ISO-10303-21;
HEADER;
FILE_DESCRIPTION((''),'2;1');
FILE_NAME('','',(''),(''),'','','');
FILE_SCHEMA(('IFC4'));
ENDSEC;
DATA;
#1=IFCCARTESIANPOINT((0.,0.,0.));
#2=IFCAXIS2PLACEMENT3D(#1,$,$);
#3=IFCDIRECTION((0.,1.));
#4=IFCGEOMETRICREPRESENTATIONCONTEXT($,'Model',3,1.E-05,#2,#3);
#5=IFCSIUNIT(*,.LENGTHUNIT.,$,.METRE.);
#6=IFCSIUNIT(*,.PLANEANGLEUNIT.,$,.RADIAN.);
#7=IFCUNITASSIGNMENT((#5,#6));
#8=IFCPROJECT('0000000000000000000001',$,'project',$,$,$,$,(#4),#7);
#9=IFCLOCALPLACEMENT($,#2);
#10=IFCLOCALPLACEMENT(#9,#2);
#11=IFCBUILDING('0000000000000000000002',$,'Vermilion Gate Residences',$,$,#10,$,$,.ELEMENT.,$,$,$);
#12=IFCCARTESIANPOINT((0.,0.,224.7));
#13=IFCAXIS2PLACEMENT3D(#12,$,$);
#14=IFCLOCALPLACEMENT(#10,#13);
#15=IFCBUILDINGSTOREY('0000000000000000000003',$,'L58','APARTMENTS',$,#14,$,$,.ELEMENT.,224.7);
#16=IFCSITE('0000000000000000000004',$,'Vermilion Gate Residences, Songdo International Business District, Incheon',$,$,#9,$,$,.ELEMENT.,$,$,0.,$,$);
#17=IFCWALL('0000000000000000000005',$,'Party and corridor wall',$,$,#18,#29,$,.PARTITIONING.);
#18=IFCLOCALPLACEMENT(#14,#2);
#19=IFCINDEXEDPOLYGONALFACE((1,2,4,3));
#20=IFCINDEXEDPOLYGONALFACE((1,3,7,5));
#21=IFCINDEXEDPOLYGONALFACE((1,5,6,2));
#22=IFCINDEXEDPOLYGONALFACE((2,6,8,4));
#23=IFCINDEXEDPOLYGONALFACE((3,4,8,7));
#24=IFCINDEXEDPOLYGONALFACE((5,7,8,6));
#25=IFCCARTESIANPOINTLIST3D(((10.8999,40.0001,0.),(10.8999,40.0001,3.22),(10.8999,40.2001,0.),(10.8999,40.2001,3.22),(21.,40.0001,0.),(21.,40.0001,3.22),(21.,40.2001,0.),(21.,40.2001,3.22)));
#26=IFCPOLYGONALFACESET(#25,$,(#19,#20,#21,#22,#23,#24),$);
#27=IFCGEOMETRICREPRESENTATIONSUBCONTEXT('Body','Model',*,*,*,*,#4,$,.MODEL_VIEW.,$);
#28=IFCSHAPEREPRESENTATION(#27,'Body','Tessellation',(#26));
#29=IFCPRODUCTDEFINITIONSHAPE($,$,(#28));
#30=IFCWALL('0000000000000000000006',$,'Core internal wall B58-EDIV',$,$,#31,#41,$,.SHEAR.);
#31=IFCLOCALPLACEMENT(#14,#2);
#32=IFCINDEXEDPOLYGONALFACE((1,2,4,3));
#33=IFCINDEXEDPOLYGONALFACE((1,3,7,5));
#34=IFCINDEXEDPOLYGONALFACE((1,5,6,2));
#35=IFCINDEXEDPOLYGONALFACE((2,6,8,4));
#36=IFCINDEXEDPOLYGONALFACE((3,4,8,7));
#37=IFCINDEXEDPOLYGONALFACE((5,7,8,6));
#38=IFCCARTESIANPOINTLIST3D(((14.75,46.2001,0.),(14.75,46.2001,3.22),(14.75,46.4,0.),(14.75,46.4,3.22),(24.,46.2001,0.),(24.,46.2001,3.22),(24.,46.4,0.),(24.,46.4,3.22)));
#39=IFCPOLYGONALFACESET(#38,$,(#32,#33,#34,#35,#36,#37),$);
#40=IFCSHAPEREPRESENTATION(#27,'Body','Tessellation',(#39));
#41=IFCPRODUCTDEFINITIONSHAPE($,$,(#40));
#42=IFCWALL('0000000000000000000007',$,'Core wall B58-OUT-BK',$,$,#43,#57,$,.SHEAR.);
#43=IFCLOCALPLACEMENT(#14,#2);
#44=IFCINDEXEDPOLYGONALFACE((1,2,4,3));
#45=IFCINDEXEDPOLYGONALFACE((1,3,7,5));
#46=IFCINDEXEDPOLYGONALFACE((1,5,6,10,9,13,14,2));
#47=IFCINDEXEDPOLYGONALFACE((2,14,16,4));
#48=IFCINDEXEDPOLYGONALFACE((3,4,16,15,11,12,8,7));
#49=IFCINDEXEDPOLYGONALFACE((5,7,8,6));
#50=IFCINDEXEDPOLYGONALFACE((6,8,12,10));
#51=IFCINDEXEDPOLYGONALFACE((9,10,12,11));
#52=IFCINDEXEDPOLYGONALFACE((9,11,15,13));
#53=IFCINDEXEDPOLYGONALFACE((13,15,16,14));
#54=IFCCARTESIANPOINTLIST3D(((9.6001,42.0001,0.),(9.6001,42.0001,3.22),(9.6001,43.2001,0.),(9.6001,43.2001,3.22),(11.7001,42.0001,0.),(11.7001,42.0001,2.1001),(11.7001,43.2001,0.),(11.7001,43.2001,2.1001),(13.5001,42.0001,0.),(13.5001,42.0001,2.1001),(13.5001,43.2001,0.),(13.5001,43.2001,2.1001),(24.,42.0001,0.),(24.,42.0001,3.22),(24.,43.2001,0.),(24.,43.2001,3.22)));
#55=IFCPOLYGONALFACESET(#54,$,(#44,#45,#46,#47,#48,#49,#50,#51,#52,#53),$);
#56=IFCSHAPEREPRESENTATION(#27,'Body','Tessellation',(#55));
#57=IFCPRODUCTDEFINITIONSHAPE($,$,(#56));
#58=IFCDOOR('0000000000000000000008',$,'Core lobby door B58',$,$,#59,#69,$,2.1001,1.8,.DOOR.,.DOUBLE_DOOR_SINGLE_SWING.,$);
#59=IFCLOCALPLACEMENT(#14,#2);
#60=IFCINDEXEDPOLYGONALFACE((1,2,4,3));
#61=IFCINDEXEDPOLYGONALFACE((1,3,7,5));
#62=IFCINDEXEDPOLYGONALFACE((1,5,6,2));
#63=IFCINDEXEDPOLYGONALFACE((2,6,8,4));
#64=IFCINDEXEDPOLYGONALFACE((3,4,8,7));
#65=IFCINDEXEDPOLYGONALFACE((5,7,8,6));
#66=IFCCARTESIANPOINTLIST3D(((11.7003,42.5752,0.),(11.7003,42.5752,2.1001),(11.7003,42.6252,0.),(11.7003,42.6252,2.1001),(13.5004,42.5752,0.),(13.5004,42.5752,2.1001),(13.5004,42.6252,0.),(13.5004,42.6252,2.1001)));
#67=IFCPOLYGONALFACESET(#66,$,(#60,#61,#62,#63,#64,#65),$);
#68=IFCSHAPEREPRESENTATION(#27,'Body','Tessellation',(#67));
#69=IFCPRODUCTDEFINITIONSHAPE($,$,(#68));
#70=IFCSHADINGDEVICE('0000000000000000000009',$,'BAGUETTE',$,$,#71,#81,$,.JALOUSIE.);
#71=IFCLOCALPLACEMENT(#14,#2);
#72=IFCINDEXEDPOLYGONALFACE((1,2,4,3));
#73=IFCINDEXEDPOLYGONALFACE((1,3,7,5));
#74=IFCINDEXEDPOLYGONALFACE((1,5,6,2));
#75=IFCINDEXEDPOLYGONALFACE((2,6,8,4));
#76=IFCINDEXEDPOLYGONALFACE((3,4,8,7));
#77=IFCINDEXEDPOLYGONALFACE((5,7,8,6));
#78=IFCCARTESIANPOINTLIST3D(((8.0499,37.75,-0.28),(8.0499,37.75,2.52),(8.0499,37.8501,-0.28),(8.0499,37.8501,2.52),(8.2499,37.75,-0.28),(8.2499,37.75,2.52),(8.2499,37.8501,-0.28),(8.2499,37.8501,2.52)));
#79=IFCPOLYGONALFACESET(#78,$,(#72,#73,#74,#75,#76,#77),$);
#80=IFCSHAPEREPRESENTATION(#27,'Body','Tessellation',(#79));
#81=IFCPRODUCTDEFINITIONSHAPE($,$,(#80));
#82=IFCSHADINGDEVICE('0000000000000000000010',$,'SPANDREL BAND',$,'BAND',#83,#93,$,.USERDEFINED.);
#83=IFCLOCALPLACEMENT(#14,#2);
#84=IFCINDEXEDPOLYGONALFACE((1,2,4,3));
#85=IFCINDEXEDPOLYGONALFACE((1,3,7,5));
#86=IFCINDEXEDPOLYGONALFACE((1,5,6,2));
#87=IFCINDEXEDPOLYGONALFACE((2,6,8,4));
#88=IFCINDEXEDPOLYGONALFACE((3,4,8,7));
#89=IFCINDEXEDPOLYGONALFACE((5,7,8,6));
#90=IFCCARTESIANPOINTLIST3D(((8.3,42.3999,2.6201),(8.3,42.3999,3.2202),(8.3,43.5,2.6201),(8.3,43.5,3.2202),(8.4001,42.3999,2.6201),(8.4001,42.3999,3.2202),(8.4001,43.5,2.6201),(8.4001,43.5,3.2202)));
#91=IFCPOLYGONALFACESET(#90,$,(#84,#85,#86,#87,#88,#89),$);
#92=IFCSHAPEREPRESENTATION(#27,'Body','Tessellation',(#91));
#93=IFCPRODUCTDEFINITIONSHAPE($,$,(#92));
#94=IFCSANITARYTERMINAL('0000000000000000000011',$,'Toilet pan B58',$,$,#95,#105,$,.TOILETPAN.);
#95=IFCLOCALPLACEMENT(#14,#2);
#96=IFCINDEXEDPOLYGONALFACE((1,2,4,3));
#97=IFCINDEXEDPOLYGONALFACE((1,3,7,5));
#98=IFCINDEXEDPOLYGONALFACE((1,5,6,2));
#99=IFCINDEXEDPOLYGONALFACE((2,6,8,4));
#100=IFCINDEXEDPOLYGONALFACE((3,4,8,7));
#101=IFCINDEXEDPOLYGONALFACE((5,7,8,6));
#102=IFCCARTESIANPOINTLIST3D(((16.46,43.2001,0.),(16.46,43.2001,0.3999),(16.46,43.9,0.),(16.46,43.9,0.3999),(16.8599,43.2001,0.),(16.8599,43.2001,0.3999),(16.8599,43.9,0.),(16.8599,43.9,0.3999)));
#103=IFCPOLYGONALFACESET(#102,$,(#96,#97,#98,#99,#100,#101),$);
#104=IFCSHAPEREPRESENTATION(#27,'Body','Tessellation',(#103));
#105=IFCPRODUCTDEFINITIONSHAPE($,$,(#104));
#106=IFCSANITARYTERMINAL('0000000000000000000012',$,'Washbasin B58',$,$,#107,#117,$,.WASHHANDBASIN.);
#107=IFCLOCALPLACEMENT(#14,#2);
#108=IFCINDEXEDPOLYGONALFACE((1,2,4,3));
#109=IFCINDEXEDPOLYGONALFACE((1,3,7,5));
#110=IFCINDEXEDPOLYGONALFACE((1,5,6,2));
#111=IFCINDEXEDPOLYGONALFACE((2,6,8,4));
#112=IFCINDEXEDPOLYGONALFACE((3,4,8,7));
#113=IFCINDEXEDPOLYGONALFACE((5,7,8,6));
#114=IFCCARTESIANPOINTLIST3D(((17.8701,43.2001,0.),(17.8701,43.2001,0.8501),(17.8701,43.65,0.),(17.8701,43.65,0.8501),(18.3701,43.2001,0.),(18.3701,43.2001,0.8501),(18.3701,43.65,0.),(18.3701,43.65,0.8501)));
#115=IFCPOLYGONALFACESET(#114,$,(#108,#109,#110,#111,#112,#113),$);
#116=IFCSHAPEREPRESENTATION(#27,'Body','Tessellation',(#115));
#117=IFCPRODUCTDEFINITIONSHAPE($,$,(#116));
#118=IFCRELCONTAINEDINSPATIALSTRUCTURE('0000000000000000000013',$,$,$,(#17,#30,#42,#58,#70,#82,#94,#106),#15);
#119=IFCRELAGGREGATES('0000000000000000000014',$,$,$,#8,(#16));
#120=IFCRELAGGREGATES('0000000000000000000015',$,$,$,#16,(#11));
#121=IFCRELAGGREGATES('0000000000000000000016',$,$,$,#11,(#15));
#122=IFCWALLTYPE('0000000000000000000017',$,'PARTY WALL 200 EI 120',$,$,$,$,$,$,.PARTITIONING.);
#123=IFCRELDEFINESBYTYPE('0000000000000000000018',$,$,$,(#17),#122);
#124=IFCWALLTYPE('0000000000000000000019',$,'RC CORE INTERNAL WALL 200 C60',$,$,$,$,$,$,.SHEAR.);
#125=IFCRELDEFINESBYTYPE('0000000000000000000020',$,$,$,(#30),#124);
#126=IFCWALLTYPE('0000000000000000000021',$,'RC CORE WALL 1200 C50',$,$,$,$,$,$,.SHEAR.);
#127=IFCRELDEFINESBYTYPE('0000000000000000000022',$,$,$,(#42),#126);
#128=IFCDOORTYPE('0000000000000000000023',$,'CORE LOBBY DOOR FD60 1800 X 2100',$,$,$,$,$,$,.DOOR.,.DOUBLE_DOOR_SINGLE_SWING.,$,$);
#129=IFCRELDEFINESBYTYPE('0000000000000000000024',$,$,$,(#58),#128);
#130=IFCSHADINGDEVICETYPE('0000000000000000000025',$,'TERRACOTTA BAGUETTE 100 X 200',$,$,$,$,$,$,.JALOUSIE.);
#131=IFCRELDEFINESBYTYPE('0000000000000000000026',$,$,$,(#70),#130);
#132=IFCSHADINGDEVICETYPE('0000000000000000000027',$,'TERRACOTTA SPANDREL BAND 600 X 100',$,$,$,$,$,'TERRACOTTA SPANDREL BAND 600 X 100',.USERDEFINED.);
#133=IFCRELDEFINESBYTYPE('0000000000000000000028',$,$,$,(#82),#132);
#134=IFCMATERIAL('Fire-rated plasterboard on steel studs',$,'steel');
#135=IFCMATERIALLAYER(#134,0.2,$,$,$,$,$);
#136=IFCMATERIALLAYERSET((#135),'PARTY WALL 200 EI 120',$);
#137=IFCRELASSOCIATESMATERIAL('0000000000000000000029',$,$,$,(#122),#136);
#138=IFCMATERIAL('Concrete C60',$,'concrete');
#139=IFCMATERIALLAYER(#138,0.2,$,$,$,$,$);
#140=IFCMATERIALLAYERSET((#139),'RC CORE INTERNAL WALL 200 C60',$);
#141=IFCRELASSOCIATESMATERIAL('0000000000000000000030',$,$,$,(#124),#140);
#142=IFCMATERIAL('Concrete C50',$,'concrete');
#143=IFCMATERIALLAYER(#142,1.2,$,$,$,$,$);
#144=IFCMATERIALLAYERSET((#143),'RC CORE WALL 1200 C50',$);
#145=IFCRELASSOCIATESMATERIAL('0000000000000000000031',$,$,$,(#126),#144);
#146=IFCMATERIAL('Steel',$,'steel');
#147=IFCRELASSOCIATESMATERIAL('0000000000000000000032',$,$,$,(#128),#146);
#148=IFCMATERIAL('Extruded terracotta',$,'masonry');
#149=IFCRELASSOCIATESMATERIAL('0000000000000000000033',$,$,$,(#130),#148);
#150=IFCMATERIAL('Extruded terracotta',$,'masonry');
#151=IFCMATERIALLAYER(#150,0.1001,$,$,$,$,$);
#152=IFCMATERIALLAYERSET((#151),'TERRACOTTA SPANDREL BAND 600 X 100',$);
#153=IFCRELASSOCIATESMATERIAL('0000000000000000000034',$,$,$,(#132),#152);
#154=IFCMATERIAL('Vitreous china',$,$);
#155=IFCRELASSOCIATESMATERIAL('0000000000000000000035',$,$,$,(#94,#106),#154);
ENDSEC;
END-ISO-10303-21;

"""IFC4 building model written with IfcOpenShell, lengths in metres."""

from ifc_helpers import new_model, si_unit, direction, frame, frame_2d, origin, origin_2d, place, context, subcontext, project, spatial, rectangle, extrude, material, layer, layer_set, material_profile, profile_set, type_object, element, fill, save


model = new_model("IFC4")

# Units and contexts
model_context = context("Model", 3, precision=1e-05, world=origin(), true_north=direction((0.0, 1.0)))
body_context = subcontext(model_context, "Body", "Model", "MODEL_VIEW")
ifc_project = project(units=[si_unit("LENGTHUNIT", "METRE"), si_unit("PLANEANGLEUNIT", "RADIAN")], contexts=[model_context])

# Site, building, storey
site_placement = place(None, origin())
site = spatial("IfcSite", under=ifc_project, at=site_placement, Name="Vermilion Gate Residences, Songdo International Business District, Incheon", CompositionType="ELEMENT", RefElevation=0.0)
building_placement = place(site_placement, origin())
building = spatial("IfcBuilding", under=site, at=building_placement, Name="Vermilion Gate Residences", CompositionType="ELEMENT")
storey_placement = place(building_placement, frame((0.0, 0.0, 224.7)))
storey = spatial("IfcBuildingStorey", under=building, at=storey_placement, Name="L58", Description="APARTMENTS", CompositionType="ELEMENT", Elevation=224.7)

# Walls
ifc_material_1 = material(Name="Fire-rated plasterboard on steel studs", Category="steel")
ifc_layer_1 = layer(ifc_material_1, 0.2)
ifc_layer_set_1 = layer_set([ifc_layer_1], Name="PARTY WALL 200 EI 120")
wall_type_1 = type_object("IfcWallType", Name="PARTY WALL 200 EI 120", PredefinedType="PARTITIONING", material=ifc_layer_set_1)
wall_1_placement = place(storey_placement, frame((10.8999, 40.1001, 0.0), z_axis=(0.0, 0.0, 1.0), x_axis=(1.0, 0.0, 0.0)))
element("IfcWall", 1, at=wall_1_placement, inside=storey, type_object=wall_type_1, Name="Party and corridor wall", PredefinedType="PARTITIONING", context=body_context, shape_type="SweptSolid", body=[
    extrude(rectangle(XDim=10.1001, YDim=0.2, at=frame_2d((5.05, 0.0))), origin(), (0.0, 0.0, 1.0), 3.22),
])
ifc_material_2 = material(Name="Concrete C60", Category="concrete")
ifc_layer_2 = layer(ifc_material_2, 0.2)
ifc_layer_set_2 = layer_set([ifc_layer_2], Name="RC CORE INTERNAL WALL 200 C60")
wall_type_2 = type_object("IfcWallType", Name="RC CORE INTERNAL WALL 200 C60", PredefinedType="SHEAR", material=ifc_layer_set_2)
wall_2_placement = place(storey_placement, frame((14.75, 46.3, 0.0), z_axis=(0.0, 0.0, 1.0), x_axis=(1.0, 0.0, 0.0)))
element("IfcWall", 2, at=wall_2_placement, inside=storey, type_object=wall_type_2, Name="Core internal wall B58-EDIV", PredefinedType="SHEAR", context=body_context, shape_type="SweptSolid", body=[
    extrude(rectangle(XDim=9.25, YDim=0.2, at=frame_2d((4.625, 0.0))), origin(), (0.0, 0.0, 1.0), 3.22),
])

# Wall, opening, door
ifc_material_3 = material(Name="Concrete C50", Category="concrete")
ifc_layer_3 = layer(ifc_material_3, 1.2)
ifc_layer_set_3 = layer_set([ifc_layer_3], Name="RC CORE WALL 1200 C50")
wall_type_3 = type_object("IfcWallType", Name="RC CORE WALL 1200 C50", PredefinedType="SHEAR", material=ifc_layer_set_3)
wall_3_placement = place(storey_placement, frame((9.6001, 42.6001, 0.0), z_axis=(0.0, 0.0, 1.0), x_axis=(1.0, 0.0, 0.0)))
wall_3 = element("IfcWall", 3, at=wall_3_placement, inside=storey, type_object=wall_type_3, Name="Core wall B58-OUT-BK", PredefinedType="SHEAR", context=body_context, shape_type="SweptSolid", body=[
    extrude(rectangle(XDim=14.3999, YDim=1.2, at=frame_2d((7.2, 0.0))), origin(), (0.0, 0.0, 1.0), 3.22),
])
opening_1_placement = place(wall_3_placement, frame((2.1001, 0.0, 0.0)))
opening_1 = element("IfcOpeningElement", 4, at=opening_1_placement, cuts=wall_3, PredefinedType="OPENING", context=body_context, shape_type="SweptSolid", body=[
    extrude(rectangle(XDim=1.8, YDim=2.1001, at=frame_2d((0.8999, 1.05))), frame((0.0, 0.6099, 0.0), z_axis=(0.0, -1.0, 0.0), x_axis=(1.0, 0.0, 0.0)), (0.0, 0.0, 1.0), 1.22),
])
ifc_material_4 = material(Name="Steel", Category="steel")
door_type_1 = type_object("IfcDoorType", Name="CORE LOBBY DOOR FD60 1800 X 2100", OperationType="DOUBLE_DOOR_SINGLE_SWING", PredefinedType="DOOR", material=ifc_material_4)
door_1_placement = place(opening_1_placement, frame((1.8, 0.0, 0.0), z_axis=(0.0, 0.0, 1.0), x_axis=(-1.0, 0.0, 0.0)))
door_1 = element("IfcDoor", 5, at=door_1_placement, inside=storey, type_object=door_type_1, Name="Core lobby door B58", OperationType="DOUBLE_DOOR_SINGLE_SWING", OverallHeight=2.1001, OverallWidth=1.8, PredefinedType="DOOR", context=body_context, shape_type="SweptSolid", body=[
    extrude(rectangle(XDim=1.8, YDim=2.1001, at=frame_2d((0.8999, 1.05))), frame((0.0, 0.0249, 0.0), z_axis=(0.0, -1.0, 0.0), x_axis=(1.0, 0.0, 0.0)), (0.0, 0.0, 1.0), 0.05),
])
fill(opening_1, door_1)

# Shading devices
ifc_material_5 = material(Name="Extruded terracotta", Category="masonry")
ifc_material_profile = material_profile(ifc_material_5, rectangle(XDim=0.2, YDim=0.1001, at=origin_2d()), Name="BAGUETTE 100 X 200")
ifc_profile_set = profile_set([ifc_material_profile], Name="Extruded terracotta")
shading_device_type_1 = type_object("IfcShadingDeviceType", Name="TERRACOTTA BAGUETTE 100 X 200", PredefinedType="JALOUSIE", material=ifc_profile_set)
shading_device_1_placement = place(storey_placement, frame((8.1499, 37.8, -0.28), z_axis=(0.0, 0.0, 1.0), x_axis=(1.0, 0.0, 0.0)))
element("IfcShadingDevice", 6, at=shading_device_1_placement, inside=storey, type_object=shading_device_type_1, Name="BAGUETTE", PredefinedType="JALOUSIE", context=body_context, shape_type="SweptSolid", body=[
    extrude(rectangle(XDim=0.2, YDim=0.1001, at=origin_2d()), origin(), (0.0, 0.0, 1.0), 2.8),
])
ifc_material_6 = material(Name="Extruded terracotta", Category="masonry")
ifc_layer_4 = layer(ifc_material_6, 0.1001)
ifc_layer_set_4 = layer_set([ifc_layer_4], Name="TERRACOTTA SPANDREL BAND 600 X 100")
shading_device_type_2 = type_object("IfcShadingDeviceType", Name="TERRACOTTA SPANDREL BAND 600 X 100", ElementType="TERRACOTTA SPANDREL BAND 600 X 100", PredefinedType="USERDEFINED", material=ifc_layer_set_4)
shading_device_2_placement = place(storey_placement, frame((8.3501, 42.95, 2.6201), z_axis=(0.0, 0.0, 1.0), x_axis=(0.0, 1.0, 0.0)))
element("IfcShadingDevice", 7, at=shading_device_2_placement, inside=storey, type_object=shading_device_type_2, Name="SPANDREL BAND", ObjectType="BAND", PredefinedType="USERDEFINED", context=body_context, shape_type="SweptSolid", body=[
    extrude(rectangle(XDim=1.1001, YDim=0.1001, at=origin_2d()), origin(), (0.0, 0.0, 1.0), 0.6001),
])

# Sanitary terminals
ifc_material_7 = material(Name="Vitreous china")
sanitary_terminal_1_placement = place(storey_placement, frame((16.6599, 43.55, 0.0), z_axis=(0.0, 0.0, 1.0), x_axis=(1.0, 0.0, 0.0)))
element("IfcSanitaryTerminal", 8, at=sanitary_terminal_1_placement, inside=storey, material=ifc_material_7, Name="Toilet pan B58", PredefinedType="TOILETPAN", context=body_context, shape_type="SweptSolid", body=[
    extrude(rectangle(XDim=0.3999, YDim=0.7, at=origin_2d()), origin(), (0.0, 0.0, 1.0), 0.3999),
])
sanitary_terminal_2_placement = place(storey_placement, frame((18.1201, 43.425, 0.0), z_axis=(0.0, 0.0, 1.0), x_axis=(1.0, 0.0, 0.0)))
element("IfcSanitaryTerminal", 9, at=sanitary_terminal_2_placement, inside=storey, material=ifc_material_7, Name="Washbasin B58", PredefinedType="WASHHANDBASIN", context=body_context, shape_type="SweptSolid", body=[
    extrude(rectangle(XDim=0.5, YDim=0.45, at=origin_2d()), origin(), (0.0, 0.0, 1.0), 0.8501),
])

save(model, "model.ifc")
